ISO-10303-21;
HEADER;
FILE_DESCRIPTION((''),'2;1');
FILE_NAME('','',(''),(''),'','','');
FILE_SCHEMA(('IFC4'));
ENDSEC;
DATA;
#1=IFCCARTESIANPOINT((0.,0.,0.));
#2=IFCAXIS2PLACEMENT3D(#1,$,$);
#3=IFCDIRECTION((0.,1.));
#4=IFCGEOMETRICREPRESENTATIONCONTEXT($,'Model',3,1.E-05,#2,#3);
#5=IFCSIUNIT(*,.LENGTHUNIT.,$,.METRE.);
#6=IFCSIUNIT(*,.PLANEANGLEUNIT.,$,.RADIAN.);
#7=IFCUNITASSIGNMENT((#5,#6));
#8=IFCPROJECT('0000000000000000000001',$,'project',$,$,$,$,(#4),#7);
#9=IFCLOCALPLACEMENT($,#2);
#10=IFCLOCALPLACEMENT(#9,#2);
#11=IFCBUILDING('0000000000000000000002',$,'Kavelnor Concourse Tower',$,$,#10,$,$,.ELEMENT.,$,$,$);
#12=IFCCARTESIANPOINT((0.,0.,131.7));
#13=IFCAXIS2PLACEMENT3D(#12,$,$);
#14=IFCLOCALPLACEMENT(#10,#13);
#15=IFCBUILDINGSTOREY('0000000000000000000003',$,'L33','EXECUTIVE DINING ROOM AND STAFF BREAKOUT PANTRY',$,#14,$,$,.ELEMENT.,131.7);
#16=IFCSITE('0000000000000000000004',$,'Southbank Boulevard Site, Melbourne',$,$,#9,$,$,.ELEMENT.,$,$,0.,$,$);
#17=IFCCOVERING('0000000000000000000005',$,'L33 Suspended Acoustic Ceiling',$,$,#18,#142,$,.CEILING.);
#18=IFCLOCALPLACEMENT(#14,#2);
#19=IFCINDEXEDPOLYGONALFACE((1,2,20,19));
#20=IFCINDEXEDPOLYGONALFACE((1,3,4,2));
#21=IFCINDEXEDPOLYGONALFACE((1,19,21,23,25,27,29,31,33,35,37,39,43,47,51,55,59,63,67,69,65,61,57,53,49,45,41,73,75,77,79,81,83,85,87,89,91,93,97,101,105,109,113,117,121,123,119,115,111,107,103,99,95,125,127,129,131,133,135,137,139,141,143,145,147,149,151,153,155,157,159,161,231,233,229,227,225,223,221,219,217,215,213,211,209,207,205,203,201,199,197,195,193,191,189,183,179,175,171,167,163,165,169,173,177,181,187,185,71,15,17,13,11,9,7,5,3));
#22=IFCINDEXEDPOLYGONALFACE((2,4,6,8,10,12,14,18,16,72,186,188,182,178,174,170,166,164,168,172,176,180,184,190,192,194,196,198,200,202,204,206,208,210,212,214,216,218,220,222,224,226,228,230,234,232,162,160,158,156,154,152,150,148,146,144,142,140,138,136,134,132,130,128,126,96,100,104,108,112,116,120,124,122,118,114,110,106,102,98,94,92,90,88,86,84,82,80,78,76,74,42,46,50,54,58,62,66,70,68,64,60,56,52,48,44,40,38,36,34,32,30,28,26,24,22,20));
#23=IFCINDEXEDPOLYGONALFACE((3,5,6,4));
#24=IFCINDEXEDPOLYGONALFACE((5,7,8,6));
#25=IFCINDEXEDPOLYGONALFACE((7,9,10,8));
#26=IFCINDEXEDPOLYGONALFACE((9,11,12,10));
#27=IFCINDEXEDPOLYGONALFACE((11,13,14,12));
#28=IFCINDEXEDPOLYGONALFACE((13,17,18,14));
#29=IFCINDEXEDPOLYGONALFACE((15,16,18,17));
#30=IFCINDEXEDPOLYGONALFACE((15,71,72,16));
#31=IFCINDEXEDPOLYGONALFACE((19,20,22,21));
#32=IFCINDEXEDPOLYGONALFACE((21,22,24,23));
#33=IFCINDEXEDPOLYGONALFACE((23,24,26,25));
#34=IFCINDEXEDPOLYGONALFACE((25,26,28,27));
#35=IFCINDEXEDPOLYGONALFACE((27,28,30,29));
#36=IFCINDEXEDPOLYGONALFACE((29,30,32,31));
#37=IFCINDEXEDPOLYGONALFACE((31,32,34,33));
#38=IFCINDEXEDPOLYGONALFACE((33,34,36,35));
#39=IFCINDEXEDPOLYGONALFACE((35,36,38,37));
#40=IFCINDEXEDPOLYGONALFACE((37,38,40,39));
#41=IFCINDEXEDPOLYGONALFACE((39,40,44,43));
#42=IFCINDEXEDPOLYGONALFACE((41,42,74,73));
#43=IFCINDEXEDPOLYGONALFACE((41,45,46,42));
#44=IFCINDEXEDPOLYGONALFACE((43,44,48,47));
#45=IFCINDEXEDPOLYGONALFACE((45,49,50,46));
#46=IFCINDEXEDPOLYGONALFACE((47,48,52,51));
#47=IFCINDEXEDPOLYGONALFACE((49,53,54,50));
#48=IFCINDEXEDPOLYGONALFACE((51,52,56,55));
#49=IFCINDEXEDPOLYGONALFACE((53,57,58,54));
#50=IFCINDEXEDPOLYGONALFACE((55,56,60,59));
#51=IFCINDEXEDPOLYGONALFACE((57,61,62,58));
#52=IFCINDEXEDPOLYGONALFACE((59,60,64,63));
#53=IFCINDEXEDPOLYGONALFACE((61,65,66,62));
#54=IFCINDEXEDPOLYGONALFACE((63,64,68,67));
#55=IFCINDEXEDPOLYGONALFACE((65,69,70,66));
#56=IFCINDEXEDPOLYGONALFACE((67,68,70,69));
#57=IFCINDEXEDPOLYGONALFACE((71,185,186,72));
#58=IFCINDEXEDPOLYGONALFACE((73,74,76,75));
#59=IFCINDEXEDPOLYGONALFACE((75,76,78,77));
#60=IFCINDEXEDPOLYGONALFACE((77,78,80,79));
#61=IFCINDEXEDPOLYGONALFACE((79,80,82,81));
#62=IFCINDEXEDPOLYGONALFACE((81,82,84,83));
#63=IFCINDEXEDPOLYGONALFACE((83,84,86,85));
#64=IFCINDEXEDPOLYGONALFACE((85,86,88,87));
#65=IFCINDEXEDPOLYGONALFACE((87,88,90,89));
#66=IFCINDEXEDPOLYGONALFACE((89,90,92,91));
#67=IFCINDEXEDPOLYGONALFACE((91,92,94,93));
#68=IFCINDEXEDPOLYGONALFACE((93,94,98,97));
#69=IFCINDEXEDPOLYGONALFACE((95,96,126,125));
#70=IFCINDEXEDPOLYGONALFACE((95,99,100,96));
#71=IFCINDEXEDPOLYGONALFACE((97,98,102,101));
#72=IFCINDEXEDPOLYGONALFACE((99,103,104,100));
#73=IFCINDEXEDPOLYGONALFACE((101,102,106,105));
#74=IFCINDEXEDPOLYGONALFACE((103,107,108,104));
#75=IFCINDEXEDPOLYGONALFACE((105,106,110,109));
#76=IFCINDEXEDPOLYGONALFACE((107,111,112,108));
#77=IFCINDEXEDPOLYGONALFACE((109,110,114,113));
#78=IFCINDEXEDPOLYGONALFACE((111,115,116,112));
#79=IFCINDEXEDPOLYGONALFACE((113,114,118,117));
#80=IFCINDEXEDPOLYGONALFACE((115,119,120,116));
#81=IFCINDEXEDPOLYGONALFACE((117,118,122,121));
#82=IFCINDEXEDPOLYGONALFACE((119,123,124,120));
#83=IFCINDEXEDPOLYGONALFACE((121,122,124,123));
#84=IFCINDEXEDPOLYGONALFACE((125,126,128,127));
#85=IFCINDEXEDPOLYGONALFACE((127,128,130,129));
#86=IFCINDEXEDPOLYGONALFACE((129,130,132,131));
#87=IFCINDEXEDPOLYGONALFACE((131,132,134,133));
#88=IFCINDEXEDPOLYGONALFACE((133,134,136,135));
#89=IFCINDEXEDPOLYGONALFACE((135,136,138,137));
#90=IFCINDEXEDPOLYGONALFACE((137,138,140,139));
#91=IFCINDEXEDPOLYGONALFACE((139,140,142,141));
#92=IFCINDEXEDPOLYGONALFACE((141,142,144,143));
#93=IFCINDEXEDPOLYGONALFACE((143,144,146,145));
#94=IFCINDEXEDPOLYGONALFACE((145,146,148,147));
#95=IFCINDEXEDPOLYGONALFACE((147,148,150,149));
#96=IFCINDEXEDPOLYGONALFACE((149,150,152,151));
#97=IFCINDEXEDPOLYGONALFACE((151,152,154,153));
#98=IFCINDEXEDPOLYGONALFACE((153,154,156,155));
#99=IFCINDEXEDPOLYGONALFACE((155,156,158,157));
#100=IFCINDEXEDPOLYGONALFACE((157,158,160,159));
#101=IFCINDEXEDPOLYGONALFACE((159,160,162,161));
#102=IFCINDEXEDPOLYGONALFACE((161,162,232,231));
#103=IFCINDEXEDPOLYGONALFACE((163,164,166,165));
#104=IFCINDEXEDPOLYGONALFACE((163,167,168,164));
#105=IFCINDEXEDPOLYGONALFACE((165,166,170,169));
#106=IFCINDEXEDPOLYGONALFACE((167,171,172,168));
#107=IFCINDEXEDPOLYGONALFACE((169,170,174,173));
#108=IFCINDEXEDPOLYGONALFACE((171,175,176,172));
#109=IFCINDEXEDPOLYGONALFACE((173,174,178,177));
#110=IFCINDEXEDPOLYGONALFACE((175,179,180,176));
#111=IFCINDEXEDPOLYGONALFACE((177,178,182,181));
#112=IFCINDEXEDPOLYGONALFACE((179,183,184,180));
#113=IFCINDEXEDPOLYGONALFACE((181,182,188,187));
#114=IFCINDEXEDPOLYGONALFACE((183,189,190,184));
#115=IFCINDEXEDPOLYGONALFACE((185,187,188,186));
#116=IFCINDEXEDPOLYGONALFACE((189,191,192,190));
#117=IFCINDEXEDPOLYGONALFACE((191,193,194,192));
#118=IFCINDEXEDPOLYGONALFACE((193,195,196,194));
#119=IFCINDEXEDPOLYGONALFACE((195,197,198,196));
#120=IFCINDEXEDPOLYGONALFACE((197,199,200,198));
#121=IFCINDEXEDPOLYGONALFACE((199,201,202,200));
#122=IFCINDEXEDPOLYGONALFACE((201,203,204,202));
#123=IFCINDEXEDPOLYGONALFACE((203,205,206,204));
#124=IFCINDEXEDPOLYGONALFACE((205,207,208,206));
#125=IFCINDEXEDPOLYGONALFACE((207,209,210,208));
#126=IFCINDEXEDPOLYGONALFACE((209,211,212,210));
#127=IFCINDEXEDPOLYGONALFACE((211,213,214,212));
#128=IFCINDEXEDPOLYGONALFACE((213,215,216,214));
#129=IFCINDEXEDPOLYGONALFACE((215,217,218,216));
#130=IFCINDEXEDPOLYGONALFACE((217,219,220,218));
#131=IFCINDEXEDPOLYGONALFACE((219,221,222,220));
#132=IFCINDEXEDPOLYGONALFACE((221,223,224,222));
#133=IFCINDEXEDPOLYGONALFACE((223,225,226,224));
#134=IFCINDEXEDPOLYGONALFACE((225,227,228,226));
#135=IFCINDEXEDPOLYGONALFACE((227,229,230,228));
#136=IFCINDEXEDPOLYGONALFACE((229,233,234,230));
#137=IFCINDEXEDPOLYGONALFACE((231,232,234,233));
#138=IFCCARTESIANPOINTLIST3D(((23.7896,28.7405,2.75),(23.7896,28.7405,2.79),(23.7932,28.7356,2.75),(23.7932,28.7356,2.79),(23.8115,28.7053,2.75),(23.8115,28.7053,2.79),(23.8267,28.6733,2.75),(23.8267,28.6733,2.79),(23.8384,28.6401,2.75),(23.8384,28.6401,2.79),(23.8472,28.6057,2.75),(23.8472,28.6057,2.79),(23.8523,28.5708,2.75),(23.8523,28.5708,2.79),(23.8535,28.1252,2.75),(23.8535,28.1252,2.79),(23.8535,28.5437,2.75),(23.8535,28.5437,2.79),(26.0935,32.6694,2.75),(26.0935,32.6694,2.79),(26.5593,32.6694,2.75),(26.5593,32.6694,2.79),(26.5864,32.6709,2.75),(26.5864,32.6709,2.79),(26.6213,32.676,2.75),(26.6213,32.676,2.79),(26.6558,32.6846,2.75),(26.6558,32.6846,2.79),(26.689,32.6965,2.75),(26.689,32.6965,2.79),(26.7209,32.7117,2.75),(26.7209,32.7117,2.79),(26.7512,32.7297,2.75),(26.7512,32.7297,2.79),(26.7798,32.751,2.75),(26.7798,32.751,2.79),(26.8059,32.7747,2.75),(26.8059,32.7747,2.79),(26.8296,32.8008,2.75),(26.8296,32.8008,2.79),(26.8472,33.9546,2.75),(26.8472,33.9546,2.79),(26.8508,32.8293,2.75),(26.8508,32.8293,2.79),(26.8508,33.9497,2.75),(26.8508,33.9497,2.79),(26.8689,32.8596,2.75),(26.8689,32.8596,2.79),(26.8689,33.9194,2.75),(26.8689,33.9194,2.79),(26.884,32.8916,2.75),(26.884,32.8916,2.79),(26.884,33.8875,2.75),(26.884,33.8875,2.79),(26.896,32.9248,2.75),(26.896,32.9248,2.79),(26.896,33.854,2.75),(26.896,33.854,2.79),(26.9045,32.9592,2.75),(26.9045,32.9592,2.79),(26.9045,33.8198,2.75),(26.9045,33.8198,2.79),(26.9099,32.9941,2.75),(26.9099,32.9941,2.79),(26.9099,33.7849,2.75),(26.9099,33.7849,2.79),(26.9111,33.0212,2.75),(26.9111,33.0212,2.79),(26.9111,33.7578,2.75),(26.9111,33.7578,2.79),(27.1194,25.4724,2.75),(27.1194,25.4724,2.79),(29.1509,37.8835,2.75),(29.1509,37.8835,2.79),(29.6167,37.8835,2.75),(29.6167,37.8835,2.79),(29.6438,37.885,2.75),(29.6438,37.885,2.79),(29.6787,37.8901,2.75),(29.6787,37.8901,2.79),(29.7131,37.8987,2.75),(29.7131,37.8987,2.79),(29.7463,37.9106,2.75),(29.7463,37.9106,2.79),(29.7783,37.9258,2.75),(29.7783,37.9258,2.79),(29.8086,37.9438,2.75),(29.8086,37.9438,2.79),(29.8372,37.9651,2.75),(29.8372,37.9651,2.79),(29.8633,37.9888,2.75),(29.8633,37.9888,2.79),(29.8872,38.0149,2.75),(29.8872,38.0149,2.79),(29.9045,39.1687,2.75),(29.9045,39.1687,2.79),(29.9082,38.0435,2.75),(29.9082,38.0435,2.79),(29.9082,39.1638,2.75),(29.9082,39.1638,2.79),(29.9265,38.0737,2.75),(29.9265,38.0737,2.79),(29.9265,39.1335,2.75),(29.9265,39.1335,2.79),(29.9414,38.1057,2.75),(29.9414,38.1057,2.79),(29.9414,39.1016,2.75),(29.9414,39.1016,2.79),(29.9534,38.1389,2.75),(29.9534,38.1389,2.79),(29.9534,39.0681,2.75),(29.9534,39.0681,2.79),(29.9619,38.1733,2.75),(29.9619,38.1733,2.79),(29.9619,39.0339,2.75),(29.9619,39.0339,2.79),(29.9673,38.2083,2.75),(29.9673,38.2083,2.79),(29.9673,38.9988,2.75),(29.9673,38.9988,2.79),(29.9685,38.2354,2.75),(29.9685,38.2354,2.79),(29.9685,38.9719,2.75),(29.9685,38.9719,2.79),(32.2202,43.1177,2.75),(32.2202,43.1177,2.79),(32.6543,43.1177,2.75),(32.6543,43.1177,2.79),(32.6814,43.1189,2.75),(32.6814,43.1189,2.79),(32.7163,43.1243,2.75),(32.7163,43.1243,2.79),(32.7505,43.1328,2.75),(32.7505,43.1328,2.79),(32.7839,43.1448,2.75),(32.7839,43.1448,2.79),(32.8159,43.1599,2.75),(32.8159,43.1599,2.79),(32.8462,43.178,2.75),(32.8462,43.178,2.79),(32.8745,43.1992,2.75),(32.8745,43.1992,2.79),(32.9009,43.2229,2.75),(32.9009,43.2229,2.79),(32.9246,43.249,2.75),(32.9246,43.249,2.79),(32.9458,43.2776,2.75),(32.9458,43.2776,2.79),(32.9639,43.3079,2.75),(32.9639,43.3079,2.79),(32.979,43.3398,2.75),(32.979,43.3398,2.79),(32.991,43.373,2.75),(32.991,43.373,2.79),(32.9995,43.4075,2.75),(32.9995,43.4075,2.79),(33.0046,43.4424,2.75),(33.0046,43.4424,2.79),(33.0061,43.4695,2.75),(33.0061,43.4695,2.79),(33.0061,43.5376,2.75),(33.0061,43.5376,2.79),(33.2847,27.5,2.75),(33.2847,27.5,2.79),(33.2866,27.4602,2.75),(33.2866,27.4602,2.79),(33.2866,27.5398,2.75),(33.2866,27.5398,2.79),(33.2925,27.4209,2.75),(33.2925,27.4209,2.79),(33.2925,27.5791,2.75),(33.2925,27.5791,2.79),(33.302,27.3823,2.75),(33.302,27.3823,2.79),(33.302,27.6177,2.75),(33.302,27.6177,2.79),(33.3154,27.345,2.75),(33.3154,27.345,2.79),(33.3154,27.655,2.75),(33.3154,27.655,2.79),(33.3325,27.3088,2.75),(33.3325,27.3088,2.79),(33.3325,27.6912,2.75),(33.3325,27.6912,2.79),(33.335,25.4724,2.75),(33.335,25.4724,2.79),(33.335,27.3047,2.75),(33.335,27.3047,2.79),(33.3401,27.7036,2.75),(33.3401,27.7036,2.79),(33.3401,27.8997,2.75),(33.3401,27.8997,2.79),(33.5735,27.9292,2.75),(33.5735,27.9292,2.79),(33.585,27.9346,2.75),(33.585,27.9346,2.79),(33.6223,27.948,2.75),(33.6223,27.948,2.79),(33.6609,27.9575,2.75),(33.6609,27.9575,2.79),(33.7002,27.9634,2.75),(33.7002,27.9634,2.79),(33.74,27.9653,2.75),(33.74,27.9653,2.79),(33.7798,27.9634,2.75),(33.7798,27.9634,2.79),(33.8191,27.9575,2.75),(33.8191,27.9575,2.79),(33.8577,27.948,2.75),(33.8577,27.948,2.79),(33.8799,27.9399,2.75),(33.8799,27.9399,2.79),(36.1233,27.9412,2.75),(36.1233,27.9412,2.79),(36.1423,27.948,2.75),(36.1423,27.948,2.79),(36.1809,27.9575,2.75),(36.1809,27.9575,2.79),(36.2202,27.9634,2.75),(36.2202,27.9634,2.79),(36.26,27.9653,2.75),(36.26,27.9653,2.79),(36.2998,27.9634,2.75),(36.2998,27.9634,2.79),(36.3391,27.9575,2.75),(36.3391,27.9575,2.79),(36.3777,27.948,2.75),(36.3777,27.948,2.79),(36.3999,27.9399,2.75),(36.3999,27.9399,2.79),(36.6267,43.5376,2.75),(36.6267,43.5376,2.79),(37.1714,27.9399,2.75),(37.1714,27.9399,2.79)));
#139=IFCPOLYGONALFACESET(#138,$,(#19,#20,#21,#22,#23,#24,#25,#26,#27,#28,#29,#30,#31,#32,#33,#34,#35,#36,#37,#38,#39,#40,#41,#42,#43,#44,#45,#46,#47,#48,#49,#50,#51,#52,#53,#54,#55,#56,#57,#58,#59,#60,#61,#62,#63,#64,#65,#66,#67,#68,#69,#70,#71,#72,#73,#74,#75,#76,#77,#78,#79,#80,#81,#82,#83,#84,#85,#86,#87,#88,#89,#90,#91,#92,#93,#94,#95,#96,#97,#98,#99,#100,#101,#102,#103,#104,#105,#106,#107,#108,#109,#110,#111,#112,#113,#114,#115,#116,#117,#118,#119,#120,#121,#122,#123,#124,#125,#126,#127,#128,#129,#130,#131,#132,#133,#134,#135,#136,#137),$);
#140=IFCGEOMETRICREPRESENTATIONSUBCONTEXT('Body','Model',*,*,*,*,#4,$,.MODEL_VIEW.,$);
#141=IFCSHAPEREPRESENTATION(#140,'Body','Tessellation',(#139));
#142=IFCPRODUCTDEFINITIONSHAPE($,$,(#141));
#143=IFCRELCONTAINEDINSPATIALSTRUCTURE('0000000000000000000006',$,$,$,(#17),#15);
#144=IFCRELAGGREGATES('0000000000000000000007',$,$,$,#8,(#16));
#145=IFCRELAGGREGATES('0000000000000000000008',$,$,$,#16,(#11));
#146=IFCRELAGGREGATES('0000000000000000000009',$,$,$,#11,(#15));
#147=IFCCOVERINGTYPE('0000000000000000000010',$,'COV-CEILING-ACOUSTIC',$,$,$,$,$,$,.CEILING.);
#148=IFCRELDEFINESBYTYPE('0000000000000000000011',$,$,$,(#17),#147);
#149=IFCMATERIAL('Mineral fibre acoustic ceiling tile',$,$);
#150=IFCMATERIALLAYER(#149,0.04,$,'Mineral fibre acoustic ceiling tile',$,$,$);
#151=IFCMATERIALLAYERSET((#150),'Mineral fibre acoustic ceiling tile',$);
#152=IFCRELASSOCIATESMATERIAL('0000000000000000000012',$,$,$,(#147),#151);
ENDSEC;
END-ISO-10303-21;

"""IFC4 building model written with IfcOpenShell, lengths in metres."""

from ifc_helpers import new_model, si_unit, direction, frame, origin, place, context, subcontext, project, spatial, polyline, outline, extrude, material, layer, layer_set, type_object, element, save


model = new_model("IFC4")

# Units and contexts
model_context = context("Model", 3, precision=1e-05, world=origin(), true_north=direction((0.0, 1.0)))
body_context = subcontext(model_context, "Body", "Model", "MODEL_VIEW")
ifc_project = project(units=[si_unit("LENGTHUNIT", "METRE"), si_unit("PLANEANGLEUNIT", "RADIAN")], contexts=[model_context])

# Site, building, storey
site_placement = place(None, origin())
site = spatial("IfcSite", under=ifc_project, at=site_placement, Name="Southbank Boulevard Site, Melbourne", CompositionType="ELEMENT", RefElevation=0.0)
building_placement = place(site_placement, origin())
building = spatial("IfcBuilding", under=site, at=building_placement, Name="Kavelnor Concourse Tower", CompositionType="ELEMENT")
storey_placement = place(building_placement, frame((0.0, 0.0, 131.7)))
storey = spatial("IfcBuildingStorey", under=building, at=storey_placement, Name="L33", Description="EXECUTIVE DINING ROOM AND STAFF BREAKOUT PANTRY", CompositionType="ELEMENT", Elevation=131.7)

# Covering
ifc_material_1 = material(Name="Mineral fibre acoustic ceiling tile")
ifc_layer_1 = layer(ifc_material_1, 0.04, Name="Mineral fibre acoustic ceiling tile")
ifc_layer_set_1 = layer_set([ifc_layer_1], Name="Mineral fibre acoustic ceiling tile")
covering_type_1 = type_object("IfcCoveringType", Name="COV-CEILING-ACOUSTIC", PredefinedType="CEILING", material=ifc_layer_set_1)
covering_1_placement = place(storey_placement, frame((0.0, 0.0, 2.75)))
element("IfcCovering", 1, at=covering_1_placement, inside=storey, type_object=covering_type_1, Name="L33 Suspended Acoustic Ceiling", PredefinedType="CEILING", context=body_context, shape_type="SweptSolid", body=[
    extrude(outline(polyline([(26.5864, 32.6709), (26.6213, 32.676), (26.6558, 32.6846), (26.689, 32.6965), (26.7209, 32.7117), (26.7512, 32.7297), (26.7798, 32.751), (26.8059, 32.7747), (26.8296, 32.8008), (26.8508, 32.8293), (26.8689, 32.8596), (26.884, 32.8916), (26.896, 32.9248), (26.9045, 32.9592), (26.9099, 32.9941), (26.9111, 33.0212), (26.9111, 33.7578), (26.9099, 33.7849), (26.9045, 33.8198), (26.896, 33.854), (26.884, 33.8875), (26.8689, 33.9194), (26.8508, 33.9497), (26.8472, 33.9546), (29.1509, 37.8835), (29.6167, 37.8835), (29.6438, 37.885), (29.6787, 37.8901), (29.7131, 37.8987), (29.7463, 37.9106), (29.7783, 37.9258), (29.8086, 37.9438), (29.8372, 37.9651), (29.8633, 37.9888), (29.8872, 38.0149), (29.9082, 38.0435), (29.9265, 38.0737), (29.9414, 38.1057), (29.9534, 38.1389), (29.9619, 38.1733), (29.9673, 38.2083), (29.9685, 38.2354), (29.9685, 38.9719), (29.9673, 38.9988), (29.9619, 39.0339), (29.9534, 39.0681), (29.9414, 39.1016), (29.9265, 39.1335), (29.9082, 39.1638), (29.9045, 39.1687), (32.2202, 43.1177), (32.6543, 43.1177), (32.6814, 43.1189), (32.7163, 43.1243), (32.7505, 43.1328), (32.7839, 43.1448), (32.8159, 43.1599), (32.8462, 43.178), (32.8745, 43.1992), (32.9009, 43.2229), (32.9246, 43.249), (32.9458, 43.2776), (32.9639, 43.3079), (32.979, 43.3398), (32.991, 43.373), (32.9995, 43.4075), (33.0046, 43.4424), (33.0061, 43.4695), (33.0061, 43.5376), (36.6267, 43.5376), (37.1714, 27.9399), (36.3999, 27.9399), (36.3777, 27.948), (36.3391, 27.9575), (36.2998, 27.9634), (36.26, 27.9653), (36.2202, 27.9634), (36.1809, 27.9575), (36.1423, 27.948), (36.1233, 27.9412), (33.8799, 27.9399), (33.8577, 27.948), (33.8191, 27.9575), (33.7798, 27.9634), (33.74, 27.9653), (33.7002, 27.9634), (33.6609, 27.9575), (33.6223, 27.948), (33.585, 27.9346), (33.5735, 27.9292), (33.3401, 27.8997), (33.3401, 27.7036), (33.3325, 27.6912), (33.3154, 27.655), (33.302, 27.6177), (33.2925, 27.5791), (33.2866, 27.5398), (33.2847, 27.5), (33.2866, 27.4602), (33.2925, 27.4209), (33.302, 27.3823), (33.3154, 27.345), (33.3325, 27.3088), (33.335, 27.3047), (33.335, 25.4724), (27.1194, 25.4724), (23.8535, 28.1252), (23.8535, 28.5437), (23.8523, 28.5708), (23.8472, 28.6057), (23.8384, 28.6401), (23.8267, 28.6733), (23.8115, 28.7053), (23.7932, 28.7356), (23.7896, 28.7405), (26.0935, 32.6694), (26.5593, 32.6694), (26.5864, 32.6709)])), origin(), (0.0, 0.0, 1.0), 0.04),
])

save(model, "model.ifc")
